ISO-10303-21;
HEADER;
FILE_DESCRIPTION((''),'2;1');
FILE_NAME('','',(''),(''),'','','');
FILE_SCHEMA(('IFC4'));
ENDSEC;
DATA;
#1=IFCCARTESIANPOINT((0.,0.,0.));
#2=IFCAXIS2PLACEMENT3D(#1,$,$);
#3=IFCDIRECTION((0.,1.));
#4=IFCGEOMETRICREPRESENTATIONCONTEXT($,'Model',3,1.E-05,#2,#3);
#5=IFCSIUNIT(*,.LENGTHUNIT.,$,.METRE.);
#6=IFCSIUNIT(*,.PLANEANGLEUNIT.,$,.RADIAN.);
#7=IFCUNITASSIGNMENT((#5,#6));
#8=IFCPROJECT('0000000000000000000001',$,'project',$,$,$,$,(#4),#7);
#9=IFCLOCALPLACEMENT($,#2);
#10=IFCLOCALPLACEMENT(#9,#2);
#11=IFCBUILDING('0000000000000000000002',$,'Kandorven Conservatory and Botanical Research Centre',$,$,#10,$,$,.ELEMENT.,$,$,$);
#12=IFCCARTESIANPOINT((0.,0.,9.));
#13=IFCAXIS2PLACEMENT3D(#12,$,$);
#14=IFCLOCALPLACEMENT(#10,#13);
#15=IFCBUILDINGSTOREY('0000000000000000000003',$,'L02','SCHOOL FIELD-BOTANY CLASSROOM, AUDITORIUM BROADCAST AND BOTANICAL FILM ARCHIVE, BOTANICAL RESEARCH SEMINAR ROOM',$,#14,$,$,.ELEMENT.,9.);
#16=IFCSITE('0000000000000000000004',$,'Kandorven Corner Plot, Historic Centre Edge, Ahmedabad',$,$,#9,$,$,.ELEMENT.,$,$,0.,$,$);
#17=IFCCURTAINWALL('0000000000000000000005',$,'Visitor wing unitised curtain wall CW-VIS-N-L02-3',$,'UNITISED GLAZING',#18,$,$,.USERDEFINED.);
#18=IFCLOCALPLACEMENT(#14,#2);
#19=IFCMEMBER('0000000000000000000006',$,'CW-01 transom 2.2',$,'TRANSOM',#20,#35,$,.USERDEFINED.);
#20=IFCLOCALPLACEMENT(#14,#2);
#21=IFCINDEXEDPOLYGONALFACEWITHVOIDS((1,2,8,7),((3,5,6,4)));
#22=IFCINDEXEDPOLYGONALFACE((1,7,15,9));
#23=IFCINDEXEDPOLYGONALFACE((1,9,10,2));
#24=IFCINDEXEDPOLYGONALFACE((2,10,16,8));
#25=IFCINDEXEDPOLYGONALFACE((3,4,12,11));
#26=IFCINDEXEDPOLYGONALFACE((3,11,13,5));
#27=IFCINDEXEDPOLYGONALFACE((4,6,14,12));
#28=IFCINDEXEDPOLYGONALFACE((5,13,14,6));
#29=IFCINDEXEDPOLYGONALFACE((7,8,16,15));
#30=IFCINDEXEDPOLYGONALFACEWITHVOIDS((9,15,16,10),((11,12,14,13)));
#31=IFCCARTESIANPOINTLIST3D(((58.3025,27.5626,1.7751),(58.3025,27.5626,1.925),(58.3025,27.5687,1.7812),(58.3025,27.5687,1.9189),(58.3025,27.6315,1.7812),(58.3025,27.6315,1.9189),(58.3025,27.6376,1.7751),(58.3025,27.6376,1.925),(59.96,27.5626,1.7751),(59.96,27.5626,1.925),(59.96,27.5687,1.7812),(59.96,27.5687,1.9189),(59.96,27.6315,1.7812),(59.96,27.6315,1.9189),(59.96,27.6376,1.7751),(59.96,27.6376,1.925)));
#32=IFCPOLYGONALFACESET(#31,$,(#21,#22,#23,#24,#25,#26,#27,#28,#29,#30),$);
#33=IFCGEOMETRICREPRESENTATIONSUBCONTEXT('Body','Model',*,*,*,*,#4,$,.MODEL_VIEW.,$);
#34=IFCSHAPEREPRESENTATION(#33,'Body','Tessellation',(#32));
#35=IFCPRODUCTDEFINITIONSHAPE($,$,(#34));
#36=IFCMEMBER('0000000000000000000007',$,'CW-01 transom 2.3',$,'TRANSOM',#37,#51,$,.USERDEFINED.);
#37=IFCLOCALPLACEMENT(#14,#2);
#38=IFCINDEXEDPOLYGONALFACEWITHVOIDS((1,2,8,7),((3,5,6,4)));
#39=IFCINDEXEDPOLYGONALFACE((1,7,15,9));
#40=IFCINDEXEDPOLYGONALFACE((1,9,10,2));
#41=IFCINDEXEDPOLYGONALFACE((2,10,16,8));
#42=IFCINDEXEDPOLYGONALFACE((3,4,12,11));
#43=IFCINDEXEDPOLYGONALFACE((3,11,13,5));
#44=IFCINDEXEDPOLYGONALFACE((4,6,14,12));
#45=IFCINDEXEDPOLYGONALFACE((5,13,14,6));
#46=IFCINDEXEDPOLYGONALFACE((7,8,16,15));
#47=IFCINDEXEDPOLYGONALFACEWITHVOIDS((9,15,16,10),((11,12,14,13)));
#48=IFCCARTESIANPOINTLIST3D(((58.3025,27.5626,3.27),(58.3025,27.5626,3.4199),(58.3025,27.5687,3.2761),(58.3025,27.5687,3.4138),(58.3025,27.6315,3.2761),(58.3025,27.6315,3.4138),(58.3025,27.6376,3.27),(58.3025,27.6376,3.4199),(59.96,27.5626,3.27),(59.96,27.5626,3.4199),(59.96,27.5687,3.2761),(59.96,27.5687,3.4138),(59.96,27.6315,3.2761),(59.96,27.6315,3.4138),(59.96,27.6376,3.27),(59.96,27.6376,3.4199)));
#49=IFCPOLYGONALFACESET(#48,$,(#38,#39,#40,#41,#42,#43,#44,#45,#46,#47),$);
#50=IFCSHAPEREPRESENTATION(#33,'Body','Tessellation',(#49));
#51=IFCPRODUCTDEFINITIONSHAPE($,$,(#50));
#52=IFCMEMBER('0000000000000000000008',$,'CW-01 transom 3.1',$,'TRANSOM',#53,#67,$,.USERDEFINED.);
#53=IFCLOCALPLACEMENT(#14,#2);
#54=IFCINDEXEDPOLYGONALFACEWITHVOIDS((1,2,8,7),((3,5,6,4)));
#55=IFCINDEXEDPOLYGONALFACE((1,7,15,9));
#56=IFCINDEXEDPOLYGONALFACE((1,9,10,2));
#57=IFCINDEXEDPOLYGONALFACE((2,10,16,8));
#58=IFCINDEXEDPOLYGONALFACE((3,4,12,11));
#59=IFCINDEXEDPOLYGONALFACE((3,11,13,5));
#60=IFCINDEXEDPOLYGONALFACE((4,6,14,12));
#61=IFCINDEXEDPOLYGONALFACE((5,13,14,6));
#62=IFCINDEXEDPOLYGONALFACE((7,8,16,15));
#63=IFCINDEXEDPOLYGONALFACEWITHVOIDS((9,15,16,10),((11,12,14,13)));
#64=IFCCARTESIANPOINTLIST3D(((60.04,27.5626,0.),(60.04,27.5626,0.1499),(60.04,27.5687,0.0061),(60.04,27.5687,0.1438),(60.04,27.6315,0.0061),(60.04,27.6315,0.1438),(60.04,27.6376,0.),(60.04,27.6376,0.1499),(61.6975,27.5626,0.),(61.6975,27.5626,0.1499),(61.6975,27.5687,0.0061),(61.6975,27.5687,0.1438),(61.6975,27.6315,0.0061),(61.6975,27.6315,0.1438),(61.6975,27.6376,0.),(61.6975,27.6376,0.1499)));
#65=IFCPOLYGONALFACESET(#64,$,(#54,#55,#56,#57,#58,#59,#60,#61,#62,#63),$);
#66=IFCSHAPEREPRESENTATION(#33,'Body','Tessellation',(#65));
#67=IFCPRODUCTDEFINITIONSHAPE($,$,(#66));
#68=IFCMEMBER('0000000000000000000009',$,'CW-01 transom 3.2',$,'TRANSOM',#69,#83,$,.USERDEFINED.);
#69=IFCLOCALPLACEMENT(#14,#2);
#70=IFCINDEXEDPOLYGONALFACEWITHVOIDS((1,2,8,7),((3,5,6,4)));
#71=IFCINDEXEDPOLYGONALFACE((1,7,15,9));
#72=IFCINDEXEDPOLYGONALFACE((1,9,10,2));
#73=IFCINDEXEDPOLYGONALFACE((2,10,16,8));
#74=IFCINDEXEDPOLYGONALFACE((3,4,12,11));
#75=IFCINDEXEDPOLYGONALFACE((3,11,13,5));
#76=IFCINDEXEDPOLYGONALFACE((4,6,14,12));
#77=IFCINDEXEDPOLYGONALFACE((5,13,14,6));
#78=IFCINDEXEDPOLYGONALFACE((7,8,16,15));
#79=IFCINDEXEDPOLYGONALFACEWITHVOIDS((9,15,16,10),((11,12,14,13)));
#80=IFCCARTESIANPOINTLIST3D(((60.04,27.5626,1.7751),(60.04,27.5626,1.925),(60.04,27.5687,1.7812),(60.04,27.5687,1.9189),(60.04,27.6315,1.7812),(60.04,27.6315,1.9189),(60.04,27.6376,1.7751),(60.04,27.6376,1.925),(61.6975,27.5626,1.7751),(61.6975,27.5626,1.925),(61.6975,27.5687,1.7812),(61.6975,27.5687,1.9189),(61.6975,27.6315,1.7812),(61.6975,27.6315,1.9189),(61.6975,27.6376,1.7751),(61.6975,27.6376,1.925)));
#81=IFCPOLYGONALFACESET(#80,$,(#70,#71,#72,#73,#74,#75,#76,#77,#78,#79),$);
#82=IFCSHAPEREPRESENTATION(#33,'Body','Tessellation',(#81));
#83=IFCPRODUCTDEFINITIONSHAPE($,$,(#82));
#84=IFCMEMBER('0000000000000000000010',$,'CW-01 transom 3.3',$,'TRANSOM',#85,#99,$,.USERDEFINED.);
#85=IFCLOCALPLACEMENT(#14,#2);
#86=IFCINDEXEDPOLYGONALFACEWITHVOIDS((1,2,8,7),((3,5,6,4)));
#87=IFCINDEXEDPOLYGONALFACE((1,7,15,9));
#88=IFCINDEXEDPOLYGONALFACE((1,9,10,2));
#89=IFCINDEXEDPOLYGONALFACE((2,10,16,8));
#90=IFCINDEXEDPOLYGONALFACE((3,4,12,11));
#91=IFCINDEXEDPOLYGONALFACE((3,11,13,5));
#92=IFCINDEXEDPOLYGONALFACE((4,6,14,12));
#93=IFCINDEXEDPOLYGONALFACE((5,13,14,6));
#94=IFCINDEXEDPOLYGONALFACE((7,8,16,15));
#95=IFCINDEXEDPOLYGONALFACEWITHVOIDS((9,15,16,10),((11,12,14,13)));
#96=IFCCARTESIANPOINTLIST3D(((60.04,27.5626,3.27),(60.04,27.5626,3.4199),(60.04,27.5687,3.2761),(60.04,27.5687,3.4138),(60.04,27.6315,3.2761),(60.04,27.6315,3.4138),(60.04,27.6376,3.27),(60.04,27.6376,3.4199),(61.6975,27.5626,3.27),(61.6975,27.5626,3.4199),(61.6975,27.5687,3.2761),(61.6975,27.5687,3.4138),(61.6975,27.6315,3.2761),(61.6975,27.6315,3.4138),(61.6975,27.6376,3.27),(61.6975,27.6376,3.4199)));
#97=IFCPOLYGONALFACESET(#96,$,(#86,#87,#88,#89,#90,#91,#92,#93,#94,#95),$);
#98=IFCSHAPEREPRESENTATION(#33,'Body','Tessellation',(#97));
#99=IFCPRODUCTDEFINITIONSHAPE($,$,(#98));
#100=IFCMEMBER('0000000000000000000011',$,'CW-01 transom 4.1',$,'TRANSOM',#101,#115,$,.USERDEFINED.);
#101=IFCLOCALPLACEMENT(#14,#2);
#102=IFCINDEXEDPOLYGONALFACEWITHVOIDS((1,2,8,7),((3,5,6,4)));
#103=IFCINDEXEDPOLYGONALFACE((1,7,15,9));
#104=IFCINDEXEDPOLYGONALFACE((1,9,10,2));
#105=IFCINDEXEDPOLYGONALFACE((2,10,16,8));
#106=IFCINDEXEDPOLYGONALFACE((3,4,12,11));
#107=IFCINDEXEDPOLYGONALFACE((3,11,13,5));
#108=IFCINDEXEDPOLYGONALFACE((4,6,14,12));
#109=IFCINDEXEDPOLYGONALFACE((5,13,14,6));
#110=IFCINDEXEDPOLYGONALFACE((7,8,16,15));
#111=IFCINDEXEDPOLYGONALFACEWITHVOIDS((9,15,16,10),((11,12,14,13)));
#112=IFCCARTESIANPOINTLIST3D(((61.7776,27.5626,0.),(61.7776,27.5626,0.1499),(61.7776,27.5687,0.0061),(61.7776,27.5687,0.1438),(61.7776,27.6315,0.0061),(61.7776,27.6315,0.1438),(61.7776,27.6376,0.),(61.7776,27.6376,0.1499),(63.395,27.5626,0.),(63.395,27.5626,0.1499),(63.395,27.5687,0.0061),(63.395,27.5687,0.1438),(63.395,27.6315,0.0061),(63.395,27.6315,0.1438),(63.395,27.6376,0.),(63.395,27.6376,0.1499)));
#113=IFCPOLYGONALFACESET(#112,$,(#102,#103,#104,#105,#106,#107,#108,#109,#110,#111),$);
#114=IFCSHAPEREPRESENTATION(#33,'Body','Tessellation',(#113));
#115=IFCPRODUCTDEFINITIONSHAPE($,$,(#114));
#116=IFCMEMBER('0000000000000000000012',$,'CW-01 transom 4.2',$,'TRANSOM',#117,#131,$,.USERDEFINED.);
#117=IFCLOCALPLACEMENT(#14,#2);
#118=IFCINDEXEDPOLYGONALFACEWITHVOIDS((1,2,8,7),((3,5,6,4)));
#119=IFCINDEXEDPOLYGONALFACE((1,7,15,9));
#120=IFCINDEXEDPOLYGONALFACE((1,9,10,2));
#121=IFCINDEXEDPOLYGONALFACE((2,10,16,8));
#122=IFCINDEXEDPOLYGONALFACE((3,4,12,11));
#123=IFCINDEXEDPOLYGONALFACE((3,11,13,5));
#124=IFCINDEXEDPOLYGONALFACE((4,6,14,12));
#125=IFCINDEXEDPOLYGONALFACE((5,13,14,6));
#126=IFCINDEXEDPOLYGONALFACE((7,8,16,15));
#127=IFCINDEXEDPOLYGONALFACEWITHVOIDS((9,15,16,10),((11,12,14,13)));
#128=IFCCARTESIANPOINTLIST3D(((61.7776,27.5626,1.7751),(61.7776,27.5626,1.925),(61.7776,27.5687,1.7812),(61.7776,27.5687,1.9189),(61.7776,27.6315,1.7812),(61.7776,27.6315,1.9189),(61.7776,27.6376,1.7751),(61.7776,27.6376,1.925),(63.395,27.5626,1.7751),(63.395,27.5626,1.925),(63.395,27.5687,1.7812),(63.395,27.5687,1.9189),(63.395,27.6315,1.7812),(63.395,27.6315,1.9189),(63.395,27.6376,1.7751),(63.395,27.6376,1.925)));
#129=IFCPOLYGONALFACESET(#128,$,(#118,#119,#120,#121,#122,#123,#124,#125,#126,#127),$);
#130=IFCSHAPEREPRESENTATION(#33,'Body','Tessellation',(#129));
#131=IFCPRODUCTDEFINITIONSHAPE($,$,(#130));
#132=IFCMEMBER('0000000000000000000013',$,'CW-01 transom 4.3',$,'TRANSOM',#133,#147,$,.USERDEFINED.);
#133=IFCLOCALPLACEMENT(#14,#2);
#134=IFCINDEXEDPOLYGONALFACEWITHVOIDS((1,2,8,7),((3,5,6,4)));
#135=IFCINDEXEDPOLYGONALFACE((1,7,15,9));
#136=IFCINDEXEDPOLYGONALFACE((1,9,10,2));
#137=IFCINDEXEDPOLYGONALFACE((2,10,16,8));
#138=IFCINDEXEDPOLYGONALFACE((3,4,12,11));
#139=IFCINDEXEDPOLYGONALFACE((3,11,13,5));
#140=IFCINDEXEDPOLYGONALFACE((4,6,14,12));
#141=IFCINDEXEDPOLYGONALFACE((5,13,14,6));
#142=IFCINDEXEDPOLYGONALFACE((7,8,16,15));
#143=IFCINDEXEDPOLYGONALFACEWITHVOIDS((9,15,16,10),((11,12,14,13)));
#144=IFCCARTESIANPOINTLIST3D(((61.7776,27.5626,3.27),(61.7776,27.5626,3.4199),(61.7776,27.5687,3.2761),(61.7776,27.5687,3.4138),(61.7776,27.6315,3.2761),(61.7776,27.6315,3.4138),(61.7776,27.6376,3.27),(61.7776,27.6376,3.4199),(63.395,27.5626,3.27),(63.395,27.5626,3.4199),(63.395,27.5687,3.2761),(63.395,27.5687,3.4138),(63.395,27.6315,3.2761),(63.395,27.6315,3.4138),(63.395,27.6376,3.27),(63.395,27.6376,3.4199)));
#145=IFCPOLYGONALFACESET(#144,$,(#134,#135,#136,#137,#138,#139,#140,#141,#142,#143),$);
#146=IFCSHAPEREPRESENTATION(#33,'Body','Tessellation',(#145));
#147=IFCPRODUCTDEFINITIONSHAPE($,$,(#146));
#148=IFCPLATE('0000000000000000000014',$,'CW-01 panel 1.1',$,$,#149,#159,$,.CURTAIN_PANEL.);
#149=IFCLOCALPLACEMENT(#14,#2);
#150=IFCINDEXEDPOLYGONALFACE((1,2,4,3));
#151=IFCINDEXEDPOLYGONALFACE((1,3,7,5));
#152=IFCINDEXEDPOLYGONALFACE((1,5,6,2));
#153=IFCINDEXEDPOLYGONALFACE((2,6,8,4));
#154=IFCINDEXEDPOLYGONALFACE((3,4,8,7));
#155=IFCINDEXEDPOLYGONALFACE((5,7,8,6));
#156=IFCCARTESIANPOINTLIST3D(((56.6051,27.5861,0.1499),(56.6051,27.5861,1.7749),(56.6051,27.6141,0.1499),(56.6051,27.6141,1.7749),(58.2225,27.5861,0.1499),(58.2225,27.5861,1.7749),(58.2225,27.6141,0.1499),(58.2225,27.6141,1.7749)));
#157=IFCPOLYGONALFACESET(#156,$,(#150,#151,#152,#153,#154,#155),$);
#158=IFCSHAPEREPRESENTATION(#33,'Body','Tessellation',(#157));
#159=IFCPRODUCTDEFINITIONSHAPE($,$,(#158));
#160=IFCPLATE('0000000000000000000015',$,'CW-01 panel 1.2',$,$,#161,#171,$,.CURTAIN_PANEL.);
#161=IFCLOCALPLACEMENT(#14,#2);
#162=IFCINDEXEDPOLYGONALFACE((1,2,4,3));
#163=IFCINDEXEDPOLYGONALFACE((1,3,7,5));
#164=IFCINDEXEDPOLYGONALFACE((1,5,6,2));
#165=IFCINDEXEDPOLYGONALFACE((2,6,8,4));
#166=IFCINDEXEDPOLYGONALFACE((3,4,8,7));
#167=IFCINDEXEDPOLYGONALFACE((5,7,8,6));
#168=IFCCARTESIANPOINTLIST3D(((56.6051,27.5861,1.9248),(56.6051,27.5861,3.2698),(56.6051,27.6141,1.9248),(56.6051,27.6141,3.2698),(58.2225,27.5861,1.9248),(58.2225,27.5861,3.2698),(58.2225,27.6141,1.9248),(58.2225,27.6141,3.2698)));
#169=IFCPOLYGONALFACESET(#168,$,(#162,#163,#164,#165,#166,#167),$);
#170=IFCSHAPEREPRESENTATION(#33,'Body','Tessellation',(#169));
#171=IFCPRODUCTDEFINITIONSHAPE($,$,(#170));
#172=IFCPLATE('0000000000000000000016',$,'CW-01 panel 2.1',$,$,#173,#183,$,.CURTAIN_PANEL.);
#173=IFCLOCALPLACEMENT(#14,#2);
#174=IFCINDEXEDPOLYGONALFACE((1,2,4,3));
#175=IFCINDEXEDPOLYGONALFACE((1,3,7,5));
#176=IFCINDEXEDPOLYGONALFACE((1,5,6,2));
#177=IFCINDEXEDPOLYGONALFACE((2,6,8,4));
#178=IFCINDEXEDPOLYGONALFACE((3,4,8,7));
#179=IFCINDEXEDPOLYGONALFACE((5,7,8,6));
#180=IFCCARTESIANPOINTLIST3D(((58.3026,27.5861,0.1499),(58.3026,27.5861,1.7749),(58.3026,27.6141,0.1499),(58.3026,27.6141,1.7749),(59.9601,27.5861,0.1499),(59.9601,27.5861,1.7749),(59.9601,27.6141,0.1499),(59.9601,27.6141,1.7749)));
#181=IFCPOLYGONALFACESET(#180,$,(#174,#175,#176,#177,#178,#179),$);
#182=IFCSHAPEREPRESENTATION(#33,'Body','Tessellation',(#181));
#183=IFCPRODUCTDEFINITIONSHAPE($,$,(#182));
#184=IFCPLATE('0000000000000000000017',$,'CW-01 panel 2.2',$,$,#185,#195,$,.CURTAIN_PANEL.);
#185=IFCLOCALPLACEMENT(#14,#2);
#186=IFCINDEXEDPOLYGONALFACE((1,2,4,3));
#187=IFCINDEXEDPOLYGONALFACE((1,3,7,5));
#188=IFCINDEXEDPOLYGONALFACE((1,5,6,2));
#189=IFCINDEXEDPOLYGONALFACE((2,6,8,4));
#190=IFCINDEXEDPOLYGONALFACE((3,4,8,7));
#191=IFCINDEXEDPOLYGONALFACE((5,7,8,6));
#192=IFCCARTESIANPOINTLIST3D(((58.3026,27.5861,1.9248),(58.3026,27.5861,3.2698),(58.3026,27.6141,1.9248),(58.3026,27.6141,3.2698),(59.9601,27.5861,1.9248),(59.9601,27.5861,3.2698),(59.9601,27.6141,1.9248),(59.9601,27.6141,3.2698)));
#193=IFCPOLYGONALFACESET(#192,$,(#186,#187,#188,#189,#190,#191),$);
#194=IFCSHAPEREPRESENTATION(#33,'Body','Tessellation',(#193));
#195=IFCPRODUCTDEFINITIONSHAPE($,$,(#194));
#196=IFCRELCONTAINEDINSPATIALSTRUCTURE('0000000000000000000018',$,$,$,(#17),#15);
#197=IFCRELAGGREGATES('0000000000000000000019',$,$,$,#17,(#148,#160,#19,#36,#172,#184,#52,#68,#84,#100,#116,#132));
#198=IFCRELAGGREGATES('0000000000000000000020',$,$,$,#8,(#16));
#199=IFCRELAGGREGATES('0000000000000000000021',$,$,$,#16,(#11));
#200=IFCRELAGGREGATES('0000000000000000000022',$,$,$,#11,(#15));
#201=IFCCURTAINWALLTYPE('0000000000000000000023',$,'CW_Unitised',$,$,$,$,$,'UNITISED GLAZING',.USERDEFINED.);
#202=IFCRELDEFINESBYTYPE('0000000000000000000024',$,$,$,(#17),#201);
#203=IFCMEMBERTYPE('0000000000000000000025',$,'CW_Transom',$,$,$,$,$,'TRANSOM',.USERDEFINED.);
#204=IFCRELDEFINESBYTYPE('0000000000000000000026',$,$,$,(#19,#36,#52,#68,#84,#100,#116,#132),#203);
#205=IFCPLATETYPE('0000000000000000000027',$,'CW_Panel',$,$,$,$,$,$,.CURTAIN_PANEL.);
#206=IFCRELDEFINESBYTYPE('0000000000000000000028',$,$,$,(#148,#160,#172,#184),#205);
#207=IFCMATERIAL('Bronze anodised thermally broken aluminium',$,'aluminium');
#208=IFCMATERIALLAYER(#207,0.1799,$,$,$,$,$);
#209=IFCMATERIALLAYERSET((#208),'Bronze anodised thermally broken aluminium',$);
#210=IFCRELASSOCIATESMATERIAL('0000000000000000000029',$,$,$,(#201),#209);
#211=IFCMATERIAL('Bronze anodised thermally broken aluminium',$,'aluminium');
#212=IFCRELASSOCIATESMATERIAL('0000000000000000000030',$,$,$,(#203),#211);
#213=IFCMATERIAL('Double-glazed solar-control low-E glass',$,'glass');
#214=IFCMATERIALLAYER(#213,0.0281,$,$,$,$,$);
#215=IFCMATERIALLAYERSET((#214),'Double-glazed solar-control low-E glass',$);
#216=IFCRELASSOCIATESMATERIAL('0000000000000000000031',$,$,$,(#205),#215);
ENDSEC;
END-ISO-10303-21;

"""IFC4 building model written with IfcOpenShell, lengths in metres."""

from ifc_helpers import new_model, si_unit, direction, frame, origin, origin_2d, place, context, subcontext, project, spatial, rectangle, hollow_rectangle, extrude, material, layer, layer_set, material_profile, profile_set, type_object, element, aggregate, save


model = new_model("IFC4")

# Units and contexts
model_context = context("Model", 3, precision=1e-05, world=origin(), true_north=direction((0.0, 1.0)))
body_context = subcontext(model_context, "Body", "Model", "MODEL_VIEW")
ifc_project = project(units=[si_unit("LENGTHUNIT", "METRE"), si_unit("PLANEANGLEUNIT", "RADIAN")], contexts=[model_context])

# Site, building, storey
site_placement = place(None, origin())
site = spatial("IfcSite", under=ifc_project, at=site_placement, Name="Kandorven Corner Plot, Historic Centre Edge, Ahmedabad", CompositionType="ELEMENT", RefElevation=0.0)
building_placement = place(site_placement, origin())
building = spatial("IfcBuilding", under=site, at=building_placement, Name="Kandorven Conservatory and Botanical Research Centre", CompositionType="ELEMENT")
storey_placement = place(building_placement, frame((0.0, 0.0, 9.0)))
storey = spatial("IfcBuildingStorey", under=building, at=storey_placement, Name="L02", Description="SCHOOL FIELD-BOTANY CLASSROOM, AUDITORIUM BROADCAST AND BOTANICAL FILM ARCHIVE, BOTANICAL RESEARCH SEMINAR ROOM", CompositionType="ELEMENT", Elevation=9.0)

# Curtain wall, members, plates
ifc_material_1 = material(Name="Bronze anodised thermally broken aluminium", Category="aluminium")
ifc_layer_1 = layer(ifc_material_1, 0.1799)
ifc_layer_set_1 = layer_set([ifc_layer_1], Name="Bronze anodised thermally broken aluminium")
curtain_wall_type = type_object("IfcCurtainWallType", Name="CW_Unitised", ElementType="UNITISED GLAZING", PredefinedType="USERDEFINED", material=ifc_layer_set_1)
curtain_wall_placement = place(storey_placement, origin())
curtain_wall = element("IfcCurtainWall", 1, at=curtain_wall_placement, inside=storey, type_object=curtain_wall_type, Name="Visitor wing unitised curtain wall CW-VIS-N-L02-3", ObjectType="UNITISED GLAZING", PredefinedType="USERDEFINED")
ifc_material_2 = material(Name="Bronze anodised thermally broken aluminium", Category="aluminium")
ifc_material_profile_1 = material_profile(ifc_material_2, hollow_rectangle(XDim=0.075, YDim=0.1499, WallThickness=0.0061, at=origin_2d()))
ifc_profile_set_1 = profile_set([ifc_material_profile_1], Name="Bronze anodised thermally broken aluminium")
member_type_1 = type_object("IfcMemberType", Name="CW_Transom", ElementType="TRANSOM", PredefinedType="USERDEFINED", material=ifc_profile_set_1)
member_1_placement = place(storey_placement, frame((58.3025, 27.6001, 1.8501), z_axis=(1.0, 0.0, 0.0), x_axis=(0.0, 1.0, 0.0)))
member_1 = element("IfcMember", 2, at=member_1_placement, type_object=member_type_1, Name="CW-01 transom 2.2", ObjectType="TRANSOM", PredefinedType="USERDEFINED", context=body_context, shape_type="SweptSolid", body=[
    extrude(hollow_rectangle(XDim=0.075, YDim=0.1499, WallThickness=0.0061, at=origin_2d()), origin(), (0.0, 0.0, 1.0), 1.6575),
])
member_2_placement = place(storey_placement, frame((58.3025, 27.6001, 3.345), z_axis=(1.0, 0.0, 0.0), x_axis=(0.0, 1.0, 0.0)))
member_2 = element("IfcMember", 3, at=member_2_placement, type_object=member_type_1, Name="CW-01 transom 2.3", ObjectType="TRANSOM", PredefinedType="USERDEFINED", context=body_context, shape_type="SweptSolid", body=[
    extrude(hollow_rectangle(XDim=0.075, YDim=0.1499, WallThickness=0.0061, at=origin_2d()), origin(), (0.0, 0.0, 1.0), 1.6575),
])
member_3_placement = place(storey_placement, frame((60.04, 27.6001, 0.075), z_axis=(1.0, 0.0, 0.0), x_axis=(0.0, 1.0, 0.0)))
member_3 = element("IfcMember", 4, at=member_3_placement, type_object=member_type_1, Name="CW-01 transom 3.1", ObjectType="TRANSOM", PredefinedType="USERDEFINED", context=body_context, shape_type="SweptSolid", body=[
    extrude(hollow_rectangle(XDim=0.075, YDim=0.1499, WallThickness=0.0061, at=origin_2d()), origin(), (0.0, 0.0, 1.0), 1.6575),
])
member_4_placement = place(storey_placement, frame((60.04, 27.6001, 1.8501), z_axis=(1.0, 0.0, 0.0), x_axis=(0.0, 1.0, 0.0)))
member_4 = element("IfcMember", 5, at=member_4_placement, type_object=member_type_1, Name="CW-01 transom 3.2", ObjectType="TRANSOM", PredefinedType="USERDEFINED", context=body_context, shape_type="SweptSolid", body=[
    extrude(hollow_rectangle(XDim=0.075, YDim=0.1499, WallThickness=0.0061, at=origin_2d()), origin(), (0.0, 0.0, 1.0), 1.6575),
])
member_5_placement = place(storey_placement, frame((60.04, 27.6001, 3.345), z_axis=(1.0, 0.0, 0.0), x_axis=(0.0, 1.0, 0.0)))
member_5 = element("IfcMember", 6, at=member_5_placement, type_object=member_type_1, Name="CW-01 transom 3.3", ObjectType="TRANSOM", PredefinedType="USERDEFINED", context=body_context, shape_type="SweptSolid", body=[
    extrude(hollow_rectangle(XDim=0.075, YDim=0.1499, WallThickness=0.0061, at=origin_2d()), origin(), (0.0, 0.0, 1.0), 1.6575),
])
member_6_placement = place(storey_placement, frame((61.7776, 27.6001, 0.075), z_axis=(1.0, 0.0, 0.0), x_axis=(0.0, 1.0, 0.0)))
member_6 = element("IfcMember", 7, at=member_6_placement, type_object=member_type_1, Name="CW-01 transom 4.1", ObjectType="TRANSOM", PredefinedType="USERDEFINED", context=body_context, shape_type="SweptSolid", body=[
    extrude(hollow_rectangle(XDim=0.075, YDim=0.1499, WallThickness=0.0061, at=origin_2d()), origin(), (0.0, 0.0, 1.0), 1.6174),
])
member_7_placement = place(storey_placement, frame((61.7776, 27.6001, 1.8501), z_axis=(1.0, 0.0, 0.0), x_axis=(0.0, 1.0, 0.0)))
member_7 = element("IfcMember", 8, at=member_7_placement, type_object=member_type_1, Name="CW-01 transom 4.2", ObjectType="TRANSOM", PredefinedType="USERDEFINED", context=body_context, shape_type="SweptSolid", body=[
    extrude(hollow_rectangle(XDim=0.075, YDim=0.1499, WallThickness=0.0061, at=origin_2d()), origin(), (0.0, 0.0, 1.0), 1.6174),
])
member_8_placement = place(storey_placement, frame((61.7776, 27.6001, 3.345), z_axis=(1.0, 0.0, 0.0), x_axis=(0.0, 1.0, 0.0)))
member_8 = element("IfcMember", 9, at=member_8_placement, type_object=member_type_1, Name="CW-01 transom 4.3", ObjectType="TRANSOM", PredefinedType="USERDEFINED", context=body_context, shape_type="SweptSolid", body=[
    extrude(hollow_rectangle(XDim=0.075, YDim=0.1499, WallThickness=0.0061, at=origin_2d()), origin(), (0.0, 0.0, 1.0), 1.6174),
])
ifc_material_3 = material(Name="Double-glazed solar-control low-E glass", Category="glass")
ifc_layer_2 = layer(ifc_material_3, 0.0281)
ifc_layer_set_2 = layer_set([ifc_layer_2], Name="Double-glazed solar-control low-E glass")
plate_type = type_object("IfcPlateType", Name="CW_Panel", PredefinedType="CURTAIN_PANEL", material=ifc_layer_set_2)
plate_1_placement = place(storey_placement, frame((57.4138, 27.6001, 0.1499), z_axis=(0.0, 0.0, 1.0), x_axis=(1.0, 0.0, 0.0)))
plate_1 = element("IfcPlate", 10, at=plate_1_placement, type_object=plate_type, Name="CW-01 panel 1.1", PredefinedType="CURTAIN_PANEL", context=body_context, shape_type="SweptSolid", body=[
    extrude(rectangle(XDim=1.6174, YDim=0.0281, at=origin_2d()), origin(), (0.0, 0.0, 1.0), 1.625),
])
plate_2_placement = place(storey_placement, frame((57.4138, 27.6001, 1.9248), z_axis=(0.0, 0.0, 1.0), x_axis=(1.0, 0.0, 0.0)))
plate_2 = element("IfcPlate", 11, at=plate_2_placement, type_object=plate_type, Name="CW-01 panel 1.2", PredefinedType="CURTAIN_PANEL", context=body_context, shape_type="SweptSolid", body=[
    extrude(rectangle(XDim=1.6174, YDim=0.0281, at=origin_2d()), origin(), (0.0, 0.0, 1.0), 1.345),
])
plate_3_placement = place(storey_placement, frame((59.1313, 27.6001, 0.1499), z_axis=(0.0, 0.0, 1.0), x_axis=(1.0, 0.0, 0.0)))
plate_3 = element("IfcPlate", 12, at=plate_3_placement, type_object=plate_type, Name="CW-01 panel 2.1", PredefinedType="CURTAIN_PANEL", context=body_context, shape_type="SweptSolid", body=[
    extrude(rectangle(XDim=1.6575, YDim=0.0281, at=origin_2d()), origin(), (0.0, 0.0, 1.0), 1.625),
])
plate_4_placement = place(storey_placement, frame((59.1313, 27.6001, 1.9248), z_axis=(0.0, 0.0, 1.0), x_axis=(1.0, 0.0, 0.0)))
plate_4 = element("IfcPlate", 13, at=plate_4_placement, type_object=plate_type, Name="CW-01 panel 2.2", PredefinedType="CURTAIN_PANEL", context=body_context, shape_type="SweptSolid", body=[
    extrude(rectangle(XDim=1.6575, YDim=0.0281, at=origin_2d()), origin(), (0.0, 0.0, 1.0), 1.345),
])
aggregate(curtain_wall, [plate_1, plate_2, member_1, member_2, plate_3, plate_4, member_3, member_4, member_5, member_6, member_7, member_8])

save(model, "model.ifc")
